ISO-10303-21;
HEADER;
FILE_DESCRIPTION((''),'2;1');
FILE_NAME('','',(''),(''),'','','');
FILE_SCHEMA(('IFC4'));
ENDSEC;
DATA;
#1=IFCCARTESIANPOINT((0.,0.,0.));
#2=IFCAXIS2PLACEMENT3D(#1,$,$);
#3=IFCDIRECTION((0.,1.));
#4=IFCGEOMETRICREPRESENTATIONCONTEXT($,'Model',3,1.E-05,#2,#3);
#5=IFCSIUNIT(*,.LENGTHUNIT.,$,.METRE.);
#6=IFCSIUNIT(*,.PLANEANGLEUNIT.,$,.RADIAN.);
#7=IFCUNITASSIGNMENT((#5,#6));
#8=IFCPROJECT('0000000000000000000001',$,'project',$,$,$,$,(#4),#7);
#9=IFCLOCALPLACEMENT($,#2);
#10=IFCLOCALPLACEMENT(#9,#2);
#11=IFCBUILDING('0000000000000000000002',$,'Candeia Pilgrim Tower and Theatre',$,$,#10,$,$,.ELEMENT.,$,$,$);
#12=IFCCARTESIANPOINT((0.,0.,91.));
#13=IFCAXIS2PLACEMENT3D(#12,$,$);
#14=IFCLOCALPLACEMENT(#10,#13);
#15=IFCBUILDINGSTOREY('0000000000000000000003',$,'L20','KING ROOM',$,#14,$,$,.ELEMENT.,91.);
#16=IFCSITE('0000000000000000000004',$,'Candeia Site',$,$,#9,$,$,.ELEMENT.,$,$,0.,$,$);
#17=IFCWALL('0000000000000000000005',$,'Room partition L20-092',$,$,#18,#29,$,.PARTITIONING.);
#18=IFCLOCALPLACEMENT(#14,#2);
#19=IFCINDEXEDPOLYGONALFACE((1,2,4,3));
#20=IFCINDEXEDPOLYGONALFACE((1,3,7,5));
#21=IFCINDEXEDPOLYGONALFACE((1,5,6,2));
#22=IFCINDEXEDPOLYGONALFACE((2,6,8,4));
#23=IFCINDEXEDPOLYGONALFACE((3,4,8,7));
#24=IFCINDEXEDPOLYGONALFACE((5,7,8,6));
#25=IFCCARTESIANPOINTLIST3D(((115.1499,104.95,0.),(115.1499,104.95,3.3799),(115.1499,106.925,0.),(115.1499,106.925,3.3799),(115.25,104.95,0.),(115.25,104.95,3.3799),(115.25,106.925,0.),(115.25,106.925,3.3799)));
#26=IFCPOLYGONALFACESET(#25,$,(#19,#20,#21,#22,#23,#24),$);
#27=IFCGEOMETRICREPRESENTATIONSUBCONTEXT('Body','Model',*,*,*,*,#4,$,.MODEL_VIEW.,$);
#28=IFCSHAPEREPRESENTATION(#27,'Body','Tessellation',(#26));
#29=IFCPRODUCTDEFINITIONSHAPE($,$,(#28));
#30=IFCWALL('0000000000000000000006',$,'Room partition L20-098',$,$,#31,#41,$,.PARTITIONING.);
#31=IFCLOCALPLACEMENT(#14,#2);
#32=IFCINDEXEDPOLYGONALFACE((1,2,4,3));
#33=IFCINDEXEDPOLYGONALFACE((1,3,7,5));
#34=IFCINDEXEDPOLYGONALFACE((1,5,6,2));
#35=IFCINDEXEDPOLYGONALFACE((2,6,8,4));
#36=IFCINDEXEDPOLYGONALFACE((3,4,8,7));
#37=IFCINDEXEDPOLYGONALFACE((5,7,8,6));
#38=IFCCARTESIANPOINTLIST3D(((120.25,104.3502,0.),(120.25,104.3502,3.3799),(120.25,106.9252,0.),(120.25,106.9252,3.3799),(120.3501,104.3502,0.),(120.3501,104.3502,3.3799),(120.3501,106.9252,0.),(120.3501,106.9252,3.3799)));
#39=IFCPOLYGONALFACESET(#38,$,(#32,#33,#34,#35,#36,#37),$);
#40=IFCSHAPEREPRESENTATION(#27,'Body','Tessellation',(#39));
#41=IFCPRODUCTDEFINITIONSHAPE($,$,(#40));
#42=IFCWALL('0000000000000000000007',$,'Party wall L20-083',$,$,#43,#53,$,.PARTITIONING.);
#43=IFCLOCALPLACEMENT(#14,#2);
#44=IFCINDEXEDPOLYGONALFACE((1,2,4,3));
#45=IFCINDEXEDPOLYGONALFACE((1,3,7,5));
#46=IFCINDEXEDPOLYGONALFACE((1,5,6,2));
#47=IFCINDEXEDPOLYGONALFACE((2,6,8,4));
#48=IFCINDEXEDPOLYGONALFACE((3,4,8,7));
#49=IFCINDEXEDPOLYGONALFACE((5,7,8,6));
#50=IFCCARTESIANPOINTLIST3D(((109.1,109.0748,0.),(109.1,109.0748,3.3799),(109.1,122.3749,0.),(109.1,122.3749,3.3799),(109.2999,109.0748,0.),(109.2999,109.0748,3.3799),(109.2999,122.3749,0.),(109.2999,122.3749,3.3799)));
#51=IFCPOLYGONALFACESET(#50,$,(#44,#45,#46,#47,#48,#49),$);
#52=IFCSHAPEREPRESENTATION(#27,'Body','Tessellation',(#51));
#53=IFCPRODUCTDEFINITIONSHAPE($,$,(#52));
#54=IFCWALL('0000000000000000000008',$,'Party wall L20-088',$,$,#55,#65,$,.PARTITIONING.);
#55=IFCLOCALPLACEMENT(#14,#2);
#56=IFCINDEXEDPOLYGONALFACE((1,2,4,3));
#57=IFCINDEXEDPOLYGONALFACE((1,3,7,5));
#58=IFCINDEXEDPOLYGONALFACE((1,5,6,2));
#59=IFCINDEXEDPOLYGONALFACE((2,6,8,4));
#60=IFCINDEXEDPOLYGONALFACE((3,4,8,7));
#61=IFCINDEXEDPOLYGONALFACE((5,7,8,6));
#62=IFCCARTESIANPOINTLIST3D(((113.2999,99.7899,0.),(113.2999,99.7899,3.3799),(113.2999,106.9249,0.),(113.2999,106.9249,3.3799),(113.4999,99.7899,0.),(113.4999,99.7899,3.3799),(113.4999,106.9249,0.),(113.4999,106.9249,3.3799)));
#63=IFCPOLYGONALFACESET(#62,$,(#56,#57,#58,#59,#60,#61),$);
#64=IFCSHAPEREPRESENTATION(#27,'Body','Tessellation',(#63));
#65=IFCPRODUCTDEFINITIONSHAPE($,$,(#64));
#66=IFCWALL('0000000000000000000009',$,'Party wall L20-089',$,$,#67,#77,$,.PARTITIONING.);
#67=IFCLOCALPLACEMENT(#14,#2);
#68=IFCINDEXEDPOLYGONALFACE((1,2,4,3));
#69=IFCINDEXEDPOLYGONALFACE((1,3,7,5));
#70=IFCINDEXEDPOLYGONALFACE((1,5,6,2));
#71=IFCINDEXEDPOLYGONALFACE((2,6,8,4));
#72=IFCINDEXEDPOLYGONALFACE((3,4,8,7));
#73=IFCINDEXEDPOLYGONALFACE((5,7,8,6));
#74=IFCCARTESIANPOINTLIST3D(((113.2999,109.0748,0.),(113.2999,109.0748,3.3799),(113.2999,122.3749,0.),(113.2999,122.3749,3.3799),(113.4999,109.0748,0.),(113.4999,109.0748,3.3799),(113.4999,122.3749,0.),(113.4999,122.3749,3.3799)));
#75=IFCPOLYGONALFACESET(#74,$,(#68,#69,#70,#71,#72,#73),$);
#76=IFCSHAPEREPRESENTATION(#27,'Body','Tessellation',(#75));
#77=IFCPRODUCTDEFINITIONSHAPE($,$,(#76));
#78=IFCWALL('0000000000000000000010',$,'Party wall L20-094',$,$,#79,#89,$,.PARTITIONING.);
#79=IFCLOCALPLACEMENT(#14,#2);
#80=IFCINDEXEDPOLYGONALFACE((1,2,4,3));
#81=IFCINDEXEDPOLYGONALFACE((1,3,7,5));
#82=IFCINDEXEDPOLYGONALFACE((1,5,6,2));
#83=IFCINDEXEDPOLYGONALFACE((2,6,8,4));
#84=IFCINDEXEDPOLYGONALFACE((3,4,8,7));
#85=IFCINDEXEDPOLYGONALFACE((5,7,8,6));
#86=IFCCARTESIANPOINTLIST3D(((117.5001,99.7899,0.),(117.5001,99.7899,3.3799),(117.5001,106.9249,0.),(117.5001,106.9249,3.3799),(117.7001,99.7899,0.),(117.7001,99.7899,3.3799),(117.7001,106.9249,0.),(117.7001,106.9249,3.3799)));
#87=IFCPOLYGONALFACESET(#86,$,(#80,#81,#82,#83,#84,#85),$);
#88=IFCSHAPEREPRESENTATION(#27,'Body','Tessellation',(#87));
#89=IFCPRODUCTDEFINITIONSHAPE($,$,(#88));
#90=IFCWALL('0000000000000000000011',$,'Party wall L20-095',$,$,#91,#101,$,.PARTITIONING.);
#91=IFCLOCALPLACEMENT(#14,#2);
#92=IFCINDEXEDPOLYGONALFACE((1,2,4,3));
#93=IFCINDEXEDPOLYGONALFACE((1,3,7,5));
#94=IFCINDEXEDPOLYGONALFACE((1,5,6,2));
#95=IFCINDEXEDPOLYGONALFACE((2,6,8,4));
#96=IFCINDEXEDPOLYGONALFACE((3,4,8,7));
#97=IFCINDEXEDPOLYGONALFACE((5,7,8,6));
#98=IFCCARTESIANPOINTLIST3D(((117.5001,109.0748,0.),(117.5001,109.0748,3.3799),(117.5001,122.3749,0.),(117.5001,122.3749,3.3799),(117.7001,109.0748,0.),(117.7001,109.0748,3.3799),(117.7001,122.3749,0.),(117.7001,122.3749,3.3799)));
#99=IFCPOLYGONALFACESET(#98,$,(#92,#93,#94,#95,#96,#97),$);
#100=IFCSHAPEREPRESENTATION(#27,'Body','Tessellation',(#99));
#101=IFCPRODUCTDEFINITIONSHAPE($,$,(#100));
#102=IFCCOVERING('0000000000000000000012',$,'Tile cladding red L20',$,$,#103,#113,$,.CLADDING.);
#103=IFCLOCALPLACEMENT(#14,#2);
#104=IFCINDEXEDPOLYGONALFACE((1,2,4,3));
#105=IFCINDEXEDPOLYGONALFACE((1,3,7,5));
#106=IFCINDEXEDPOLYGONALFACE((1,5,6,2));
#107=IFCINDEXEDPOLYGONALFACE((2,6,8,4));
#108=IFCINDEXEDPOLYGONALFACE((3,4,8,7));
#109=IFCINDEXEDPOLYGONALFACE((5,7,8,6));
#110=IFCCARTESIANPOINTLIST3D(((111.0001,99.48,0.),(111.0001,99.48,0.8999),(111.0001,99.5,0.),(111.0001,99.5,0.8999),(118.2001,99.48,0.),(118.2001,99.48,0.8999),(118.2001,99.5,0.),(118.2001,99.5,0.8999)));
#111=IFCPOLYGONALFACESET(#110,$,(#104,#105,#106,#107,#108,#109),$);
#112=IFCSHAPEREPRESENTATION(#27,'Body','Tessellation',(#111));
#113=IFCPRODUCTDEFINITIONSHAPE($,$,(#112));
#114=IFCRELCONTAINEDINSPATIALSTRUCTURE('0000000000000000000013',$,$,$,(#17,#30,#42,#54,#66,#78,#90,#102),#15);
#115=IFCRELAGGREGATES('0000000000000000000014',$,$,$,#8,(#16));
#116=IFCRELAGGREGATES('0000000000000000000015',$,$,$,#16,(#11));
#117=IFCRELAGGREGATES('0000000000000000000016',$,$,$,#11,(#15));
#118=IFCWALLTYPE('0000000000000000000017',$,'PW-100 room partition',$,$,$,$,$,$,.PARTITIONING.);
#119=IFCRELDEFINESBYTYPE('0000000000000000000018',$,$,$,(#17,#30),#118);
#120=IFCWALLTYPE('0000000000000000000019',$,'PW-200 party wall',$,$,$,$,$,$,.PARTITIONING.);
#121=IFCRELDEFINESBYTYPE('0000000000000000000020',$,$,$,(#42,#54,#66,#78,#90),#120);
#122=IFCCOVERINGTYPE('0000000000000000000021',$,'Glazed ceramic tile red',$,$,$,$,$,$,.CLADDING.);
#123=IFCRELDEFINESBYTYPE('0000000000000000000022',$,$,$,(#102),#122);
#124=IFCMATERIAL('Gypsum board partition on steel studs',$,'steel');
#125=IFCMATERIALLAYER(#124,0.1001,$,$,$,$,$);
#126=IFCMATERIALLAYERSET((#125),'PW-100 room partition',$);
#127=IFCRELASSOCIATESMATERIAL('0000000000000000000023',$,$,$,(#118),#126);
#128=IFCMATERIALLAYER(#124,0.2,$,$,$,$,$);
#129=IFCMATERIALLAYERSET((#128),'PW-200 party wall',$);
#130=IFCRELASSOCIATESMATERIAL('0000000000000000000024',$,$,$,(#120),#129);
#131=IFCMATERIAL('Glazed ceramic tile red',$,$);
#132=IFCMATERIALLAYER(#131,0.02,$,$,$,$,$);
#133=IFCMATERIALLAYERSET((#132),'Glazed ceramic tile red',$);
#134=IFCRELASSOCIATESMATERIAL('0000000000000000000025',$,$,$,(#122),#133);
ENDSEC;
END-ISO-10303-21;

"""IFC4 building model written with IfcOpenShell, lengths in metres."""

from ifc_helpers import new_model, si_unit, direction, frame, frame_2d, origin, origin_2d, place, context, subcontext, project, spatial, rectangle, extrude, material, layer, layer_set, type_object, element, save


model = new_model("IFC4")

# Units and contexts
model_context = context("Model", 3, precision=1e-05, world=origin(), true_north=direction((0.0, 1.0)))
body_context = subcontext(model_context, "Body", "Model", "MODEL_VIEW")
ifc_project = project(units=[si_unit("LENGTHUNIT", "METRE"), si_unit("PLANEANGLEUNIT", "RADIAN")], contexts=[model_context])

# Site, building, storey
site_placement = place(None, origin())
site = spatial("IfcSite", under=ifc_project, at=site_placement, Name="Candeia Site", CompositionType="ELEMENT", RefElevation=0.0)
building_placement = place(site_placement, origin())
building = spatial("IfcBuilding", under=site, at=building_placement, Name="Candeia Pilgrim Tower and Theatre", CompositionType="ELEMENT")
storey_placement = place(building_placement, frame((0.0, 0.0, 91.0)))
storey = spatial("IfcBuildingStorey", under=building, at=storey_placement, Name="L20", Description="KING ROOM", CompositionType="ELEMENT", Elevation=91.0)

# Shared definitions
ifc_material_1 = material(Name="Gypsum board partition on steel studs", Category="steel")
ifc_layer_1 = layer(ifc_material_1, 0.1001)
ifc_layer_set_1 = layer_set([ifc_layer_1], Name="PW-100 room partition")
wall_type_1 = type_object("IfcWallType", Name="PW-100 room partition", PredefinedType="PARTITIONING", material=ifc_layer_set_1)

# Walls
wall_1_placement = place(storey_placement, frame((115.2, 104.95, 0.0), z_axis=(0.0, 0.0, 1.0), x_axis=(0.0, 1.0, 0.0)))
element("IfcWall", 1, at=wall_1_placement, inside=storey, type_object=wall_type_1, Name="Room partition L20-092", PredefinedType="PARTITIONING", context=body_context, shape_type="SweptSolid", body=[
    extrude(rectangle(XDim=1.9751, YDim=0.1001, at=frame_2d((0.9875, 0.0))), origin(), (0.0, 0.0, 1.0), 3.3799),
])
wall_2_placement = place(storey_placement, frame((120.3, 104.3501, 0.0), z_axis=(0.0, 0.0, 1.0), x_axis=(0.0, 1.0, 0.0)))
element("IfcWall", 2, at=wall_2_placement, inside=storey, type_object=wall_type_1, Name="Room partition L20-098", PredefinedType="PARTITIONING", context=body_context, shape_type="SweptSolid", body=[
    extrude(rectangle(XDim=2.575, YDim=0.1001, at=frame_2d((1.2876, 0.0))), origin(), (0.0, 0.0, 1.0), 3.3799),
])
ifc_layer_2 = layer(ifc_material_1, 0.2)
ifc_layer_set_2 = layer_set([ifc_layer_2], Name="PW-200 party wall")
wall_type_2 = type_object("IfcWallType", Name="PW-200 party wall", PredefinedType="PARTITIONING", material=ifc_layer_set_2)
wall_3_placement = place(storey_placement, frame((109.2, 109.075, 0.0), z_axis=(0.0, 0.0, 1.0), x_axis=(0.0, 1.0, 0.0)))
element("IfcWall", 3, at=wall_3_placement, inside=storey, type_object=wall_type_2, Name="Party wall L20-083", PredefinedType="PARTITIONING", context=body_context, shape_type="SweptSolid", body=[
    extrude(rectangle(XDim=13.3, YDim=0.2, at=frame_2d((6.6499, 0.0))), origin(), (0.0, 0.0, 1.0), 3.3799),
])
wall_4_placement = place(storey_placement, frame((113.3999, 99.79, 0.0), z_axis=(0.0, 0.0, 1.0), x_axis=(0.0, 1.0, 0.0)))
element("IfcWall", 4, at=wall_4_placement, inside=storey, type_object=wall_type_2, Name="Party wall L20-088", PredefinedType="PARTITIONING", context=body_context, shape_type="SweptSolid", body=[
    extrude(rectangle(XDim=7.135, YDim=0.2, at=frame_2d((3.5674, 0.0))), origin(), (0.0, 0.0, 1.0), 3.3799),
])
wall_5_placement = place(storey_placement, frame((113.3999, 109.075, 0.0), z_axis=(0.0, 0.0, 1.0), x_axis=(0.0, 1.0, 0.0)))
element("IfcWall", 5, at=wall_5_placement, inside=storey, type_object=wall_type_2, Name="Party wall L20-089", PredefinedType="PARTITIONING", context=body_context, shape_type="SweptSolid", body=[
    extrude(rectangle(XDim=13.3, YDim=0.2, at=frame_2d((6.6499, 0.0))), origin(), (0.0, 0.0, 1.0), 3.3799),
])
wall_6_placement = place(storey_placement, frame((117.6001, 99.79, 0.0), z_axis=(0.0, 0.0, 1.0), x_axis=(0.0, 1.0, 0.0)))
element("IfcWall", 6, at=wall_6_placement, inside=storey, type_object=wall_type_2, Name="Party wall L20-094", PredefinedType="PARTITIONING", context=body_context, shape_type="SweptSolid", body=[
    extrude(rectangle(XDim=7.135, YDim=0.2, at=frame_2d((3.5674, 0.0))), origin(), (0.0, 0.0, 1.0), 3.3799),
])
wall_7_placement = place(storey_placement, frame((117.6001, 109.075, 0.0), z_axis=(0.0, 0.0, 1.0), x_axis=(0.0, 1.0, 0.0)))
element("IfcWall", 7, at=wall_7_placement, inside=storey, type_object=wall_type_2, Name="Party wall L20-095", PredefinedType="PARTITIONING", context=body_context, shape_type="SweptSolid", body=[
    extrude(rectangle(XDim=13.3, YDim=0.2, at=frame_2d((6.6499, 0.0))), origin(), (0.0, 0.0, 1.0), 3.3799),
])

# Covering
ifc_material_2 = material(Name="Glazed ceramic tile red")
ifc_layer_3 = layer(ifc_material_2, 0.02)
ifc_layer_set_3 = layer_set([ifc_layer_3], Name="Glazed ceramic tile red")
covering_type = type_object("IfcCoveringType", Name="Glazed ceramic tile red", PredefinedType="CLADDING", material=ifc_layer_set_3)
covering_placement = place(storey_placement, frame((114.6001, 99.49, 0.0), z_axis=(0.0, 0.0, 1.0), x_axis=(1.0, 0.0, 0.0)))
element("IfcCovering", 8, at=covering_placement, inside=storey, type_object=covering_type, Name="Tile cladding red L20", PredefinedType="CLADDING", context=body_context, shape_type="SweptSolid", body=[
    extrude(rectangle(XDim=7.2, YDim=0.02, at=origin_2d()), origin(), (0.0, 0.0, 1.0), 0.8999),
])

save(model, "model.ifc")
